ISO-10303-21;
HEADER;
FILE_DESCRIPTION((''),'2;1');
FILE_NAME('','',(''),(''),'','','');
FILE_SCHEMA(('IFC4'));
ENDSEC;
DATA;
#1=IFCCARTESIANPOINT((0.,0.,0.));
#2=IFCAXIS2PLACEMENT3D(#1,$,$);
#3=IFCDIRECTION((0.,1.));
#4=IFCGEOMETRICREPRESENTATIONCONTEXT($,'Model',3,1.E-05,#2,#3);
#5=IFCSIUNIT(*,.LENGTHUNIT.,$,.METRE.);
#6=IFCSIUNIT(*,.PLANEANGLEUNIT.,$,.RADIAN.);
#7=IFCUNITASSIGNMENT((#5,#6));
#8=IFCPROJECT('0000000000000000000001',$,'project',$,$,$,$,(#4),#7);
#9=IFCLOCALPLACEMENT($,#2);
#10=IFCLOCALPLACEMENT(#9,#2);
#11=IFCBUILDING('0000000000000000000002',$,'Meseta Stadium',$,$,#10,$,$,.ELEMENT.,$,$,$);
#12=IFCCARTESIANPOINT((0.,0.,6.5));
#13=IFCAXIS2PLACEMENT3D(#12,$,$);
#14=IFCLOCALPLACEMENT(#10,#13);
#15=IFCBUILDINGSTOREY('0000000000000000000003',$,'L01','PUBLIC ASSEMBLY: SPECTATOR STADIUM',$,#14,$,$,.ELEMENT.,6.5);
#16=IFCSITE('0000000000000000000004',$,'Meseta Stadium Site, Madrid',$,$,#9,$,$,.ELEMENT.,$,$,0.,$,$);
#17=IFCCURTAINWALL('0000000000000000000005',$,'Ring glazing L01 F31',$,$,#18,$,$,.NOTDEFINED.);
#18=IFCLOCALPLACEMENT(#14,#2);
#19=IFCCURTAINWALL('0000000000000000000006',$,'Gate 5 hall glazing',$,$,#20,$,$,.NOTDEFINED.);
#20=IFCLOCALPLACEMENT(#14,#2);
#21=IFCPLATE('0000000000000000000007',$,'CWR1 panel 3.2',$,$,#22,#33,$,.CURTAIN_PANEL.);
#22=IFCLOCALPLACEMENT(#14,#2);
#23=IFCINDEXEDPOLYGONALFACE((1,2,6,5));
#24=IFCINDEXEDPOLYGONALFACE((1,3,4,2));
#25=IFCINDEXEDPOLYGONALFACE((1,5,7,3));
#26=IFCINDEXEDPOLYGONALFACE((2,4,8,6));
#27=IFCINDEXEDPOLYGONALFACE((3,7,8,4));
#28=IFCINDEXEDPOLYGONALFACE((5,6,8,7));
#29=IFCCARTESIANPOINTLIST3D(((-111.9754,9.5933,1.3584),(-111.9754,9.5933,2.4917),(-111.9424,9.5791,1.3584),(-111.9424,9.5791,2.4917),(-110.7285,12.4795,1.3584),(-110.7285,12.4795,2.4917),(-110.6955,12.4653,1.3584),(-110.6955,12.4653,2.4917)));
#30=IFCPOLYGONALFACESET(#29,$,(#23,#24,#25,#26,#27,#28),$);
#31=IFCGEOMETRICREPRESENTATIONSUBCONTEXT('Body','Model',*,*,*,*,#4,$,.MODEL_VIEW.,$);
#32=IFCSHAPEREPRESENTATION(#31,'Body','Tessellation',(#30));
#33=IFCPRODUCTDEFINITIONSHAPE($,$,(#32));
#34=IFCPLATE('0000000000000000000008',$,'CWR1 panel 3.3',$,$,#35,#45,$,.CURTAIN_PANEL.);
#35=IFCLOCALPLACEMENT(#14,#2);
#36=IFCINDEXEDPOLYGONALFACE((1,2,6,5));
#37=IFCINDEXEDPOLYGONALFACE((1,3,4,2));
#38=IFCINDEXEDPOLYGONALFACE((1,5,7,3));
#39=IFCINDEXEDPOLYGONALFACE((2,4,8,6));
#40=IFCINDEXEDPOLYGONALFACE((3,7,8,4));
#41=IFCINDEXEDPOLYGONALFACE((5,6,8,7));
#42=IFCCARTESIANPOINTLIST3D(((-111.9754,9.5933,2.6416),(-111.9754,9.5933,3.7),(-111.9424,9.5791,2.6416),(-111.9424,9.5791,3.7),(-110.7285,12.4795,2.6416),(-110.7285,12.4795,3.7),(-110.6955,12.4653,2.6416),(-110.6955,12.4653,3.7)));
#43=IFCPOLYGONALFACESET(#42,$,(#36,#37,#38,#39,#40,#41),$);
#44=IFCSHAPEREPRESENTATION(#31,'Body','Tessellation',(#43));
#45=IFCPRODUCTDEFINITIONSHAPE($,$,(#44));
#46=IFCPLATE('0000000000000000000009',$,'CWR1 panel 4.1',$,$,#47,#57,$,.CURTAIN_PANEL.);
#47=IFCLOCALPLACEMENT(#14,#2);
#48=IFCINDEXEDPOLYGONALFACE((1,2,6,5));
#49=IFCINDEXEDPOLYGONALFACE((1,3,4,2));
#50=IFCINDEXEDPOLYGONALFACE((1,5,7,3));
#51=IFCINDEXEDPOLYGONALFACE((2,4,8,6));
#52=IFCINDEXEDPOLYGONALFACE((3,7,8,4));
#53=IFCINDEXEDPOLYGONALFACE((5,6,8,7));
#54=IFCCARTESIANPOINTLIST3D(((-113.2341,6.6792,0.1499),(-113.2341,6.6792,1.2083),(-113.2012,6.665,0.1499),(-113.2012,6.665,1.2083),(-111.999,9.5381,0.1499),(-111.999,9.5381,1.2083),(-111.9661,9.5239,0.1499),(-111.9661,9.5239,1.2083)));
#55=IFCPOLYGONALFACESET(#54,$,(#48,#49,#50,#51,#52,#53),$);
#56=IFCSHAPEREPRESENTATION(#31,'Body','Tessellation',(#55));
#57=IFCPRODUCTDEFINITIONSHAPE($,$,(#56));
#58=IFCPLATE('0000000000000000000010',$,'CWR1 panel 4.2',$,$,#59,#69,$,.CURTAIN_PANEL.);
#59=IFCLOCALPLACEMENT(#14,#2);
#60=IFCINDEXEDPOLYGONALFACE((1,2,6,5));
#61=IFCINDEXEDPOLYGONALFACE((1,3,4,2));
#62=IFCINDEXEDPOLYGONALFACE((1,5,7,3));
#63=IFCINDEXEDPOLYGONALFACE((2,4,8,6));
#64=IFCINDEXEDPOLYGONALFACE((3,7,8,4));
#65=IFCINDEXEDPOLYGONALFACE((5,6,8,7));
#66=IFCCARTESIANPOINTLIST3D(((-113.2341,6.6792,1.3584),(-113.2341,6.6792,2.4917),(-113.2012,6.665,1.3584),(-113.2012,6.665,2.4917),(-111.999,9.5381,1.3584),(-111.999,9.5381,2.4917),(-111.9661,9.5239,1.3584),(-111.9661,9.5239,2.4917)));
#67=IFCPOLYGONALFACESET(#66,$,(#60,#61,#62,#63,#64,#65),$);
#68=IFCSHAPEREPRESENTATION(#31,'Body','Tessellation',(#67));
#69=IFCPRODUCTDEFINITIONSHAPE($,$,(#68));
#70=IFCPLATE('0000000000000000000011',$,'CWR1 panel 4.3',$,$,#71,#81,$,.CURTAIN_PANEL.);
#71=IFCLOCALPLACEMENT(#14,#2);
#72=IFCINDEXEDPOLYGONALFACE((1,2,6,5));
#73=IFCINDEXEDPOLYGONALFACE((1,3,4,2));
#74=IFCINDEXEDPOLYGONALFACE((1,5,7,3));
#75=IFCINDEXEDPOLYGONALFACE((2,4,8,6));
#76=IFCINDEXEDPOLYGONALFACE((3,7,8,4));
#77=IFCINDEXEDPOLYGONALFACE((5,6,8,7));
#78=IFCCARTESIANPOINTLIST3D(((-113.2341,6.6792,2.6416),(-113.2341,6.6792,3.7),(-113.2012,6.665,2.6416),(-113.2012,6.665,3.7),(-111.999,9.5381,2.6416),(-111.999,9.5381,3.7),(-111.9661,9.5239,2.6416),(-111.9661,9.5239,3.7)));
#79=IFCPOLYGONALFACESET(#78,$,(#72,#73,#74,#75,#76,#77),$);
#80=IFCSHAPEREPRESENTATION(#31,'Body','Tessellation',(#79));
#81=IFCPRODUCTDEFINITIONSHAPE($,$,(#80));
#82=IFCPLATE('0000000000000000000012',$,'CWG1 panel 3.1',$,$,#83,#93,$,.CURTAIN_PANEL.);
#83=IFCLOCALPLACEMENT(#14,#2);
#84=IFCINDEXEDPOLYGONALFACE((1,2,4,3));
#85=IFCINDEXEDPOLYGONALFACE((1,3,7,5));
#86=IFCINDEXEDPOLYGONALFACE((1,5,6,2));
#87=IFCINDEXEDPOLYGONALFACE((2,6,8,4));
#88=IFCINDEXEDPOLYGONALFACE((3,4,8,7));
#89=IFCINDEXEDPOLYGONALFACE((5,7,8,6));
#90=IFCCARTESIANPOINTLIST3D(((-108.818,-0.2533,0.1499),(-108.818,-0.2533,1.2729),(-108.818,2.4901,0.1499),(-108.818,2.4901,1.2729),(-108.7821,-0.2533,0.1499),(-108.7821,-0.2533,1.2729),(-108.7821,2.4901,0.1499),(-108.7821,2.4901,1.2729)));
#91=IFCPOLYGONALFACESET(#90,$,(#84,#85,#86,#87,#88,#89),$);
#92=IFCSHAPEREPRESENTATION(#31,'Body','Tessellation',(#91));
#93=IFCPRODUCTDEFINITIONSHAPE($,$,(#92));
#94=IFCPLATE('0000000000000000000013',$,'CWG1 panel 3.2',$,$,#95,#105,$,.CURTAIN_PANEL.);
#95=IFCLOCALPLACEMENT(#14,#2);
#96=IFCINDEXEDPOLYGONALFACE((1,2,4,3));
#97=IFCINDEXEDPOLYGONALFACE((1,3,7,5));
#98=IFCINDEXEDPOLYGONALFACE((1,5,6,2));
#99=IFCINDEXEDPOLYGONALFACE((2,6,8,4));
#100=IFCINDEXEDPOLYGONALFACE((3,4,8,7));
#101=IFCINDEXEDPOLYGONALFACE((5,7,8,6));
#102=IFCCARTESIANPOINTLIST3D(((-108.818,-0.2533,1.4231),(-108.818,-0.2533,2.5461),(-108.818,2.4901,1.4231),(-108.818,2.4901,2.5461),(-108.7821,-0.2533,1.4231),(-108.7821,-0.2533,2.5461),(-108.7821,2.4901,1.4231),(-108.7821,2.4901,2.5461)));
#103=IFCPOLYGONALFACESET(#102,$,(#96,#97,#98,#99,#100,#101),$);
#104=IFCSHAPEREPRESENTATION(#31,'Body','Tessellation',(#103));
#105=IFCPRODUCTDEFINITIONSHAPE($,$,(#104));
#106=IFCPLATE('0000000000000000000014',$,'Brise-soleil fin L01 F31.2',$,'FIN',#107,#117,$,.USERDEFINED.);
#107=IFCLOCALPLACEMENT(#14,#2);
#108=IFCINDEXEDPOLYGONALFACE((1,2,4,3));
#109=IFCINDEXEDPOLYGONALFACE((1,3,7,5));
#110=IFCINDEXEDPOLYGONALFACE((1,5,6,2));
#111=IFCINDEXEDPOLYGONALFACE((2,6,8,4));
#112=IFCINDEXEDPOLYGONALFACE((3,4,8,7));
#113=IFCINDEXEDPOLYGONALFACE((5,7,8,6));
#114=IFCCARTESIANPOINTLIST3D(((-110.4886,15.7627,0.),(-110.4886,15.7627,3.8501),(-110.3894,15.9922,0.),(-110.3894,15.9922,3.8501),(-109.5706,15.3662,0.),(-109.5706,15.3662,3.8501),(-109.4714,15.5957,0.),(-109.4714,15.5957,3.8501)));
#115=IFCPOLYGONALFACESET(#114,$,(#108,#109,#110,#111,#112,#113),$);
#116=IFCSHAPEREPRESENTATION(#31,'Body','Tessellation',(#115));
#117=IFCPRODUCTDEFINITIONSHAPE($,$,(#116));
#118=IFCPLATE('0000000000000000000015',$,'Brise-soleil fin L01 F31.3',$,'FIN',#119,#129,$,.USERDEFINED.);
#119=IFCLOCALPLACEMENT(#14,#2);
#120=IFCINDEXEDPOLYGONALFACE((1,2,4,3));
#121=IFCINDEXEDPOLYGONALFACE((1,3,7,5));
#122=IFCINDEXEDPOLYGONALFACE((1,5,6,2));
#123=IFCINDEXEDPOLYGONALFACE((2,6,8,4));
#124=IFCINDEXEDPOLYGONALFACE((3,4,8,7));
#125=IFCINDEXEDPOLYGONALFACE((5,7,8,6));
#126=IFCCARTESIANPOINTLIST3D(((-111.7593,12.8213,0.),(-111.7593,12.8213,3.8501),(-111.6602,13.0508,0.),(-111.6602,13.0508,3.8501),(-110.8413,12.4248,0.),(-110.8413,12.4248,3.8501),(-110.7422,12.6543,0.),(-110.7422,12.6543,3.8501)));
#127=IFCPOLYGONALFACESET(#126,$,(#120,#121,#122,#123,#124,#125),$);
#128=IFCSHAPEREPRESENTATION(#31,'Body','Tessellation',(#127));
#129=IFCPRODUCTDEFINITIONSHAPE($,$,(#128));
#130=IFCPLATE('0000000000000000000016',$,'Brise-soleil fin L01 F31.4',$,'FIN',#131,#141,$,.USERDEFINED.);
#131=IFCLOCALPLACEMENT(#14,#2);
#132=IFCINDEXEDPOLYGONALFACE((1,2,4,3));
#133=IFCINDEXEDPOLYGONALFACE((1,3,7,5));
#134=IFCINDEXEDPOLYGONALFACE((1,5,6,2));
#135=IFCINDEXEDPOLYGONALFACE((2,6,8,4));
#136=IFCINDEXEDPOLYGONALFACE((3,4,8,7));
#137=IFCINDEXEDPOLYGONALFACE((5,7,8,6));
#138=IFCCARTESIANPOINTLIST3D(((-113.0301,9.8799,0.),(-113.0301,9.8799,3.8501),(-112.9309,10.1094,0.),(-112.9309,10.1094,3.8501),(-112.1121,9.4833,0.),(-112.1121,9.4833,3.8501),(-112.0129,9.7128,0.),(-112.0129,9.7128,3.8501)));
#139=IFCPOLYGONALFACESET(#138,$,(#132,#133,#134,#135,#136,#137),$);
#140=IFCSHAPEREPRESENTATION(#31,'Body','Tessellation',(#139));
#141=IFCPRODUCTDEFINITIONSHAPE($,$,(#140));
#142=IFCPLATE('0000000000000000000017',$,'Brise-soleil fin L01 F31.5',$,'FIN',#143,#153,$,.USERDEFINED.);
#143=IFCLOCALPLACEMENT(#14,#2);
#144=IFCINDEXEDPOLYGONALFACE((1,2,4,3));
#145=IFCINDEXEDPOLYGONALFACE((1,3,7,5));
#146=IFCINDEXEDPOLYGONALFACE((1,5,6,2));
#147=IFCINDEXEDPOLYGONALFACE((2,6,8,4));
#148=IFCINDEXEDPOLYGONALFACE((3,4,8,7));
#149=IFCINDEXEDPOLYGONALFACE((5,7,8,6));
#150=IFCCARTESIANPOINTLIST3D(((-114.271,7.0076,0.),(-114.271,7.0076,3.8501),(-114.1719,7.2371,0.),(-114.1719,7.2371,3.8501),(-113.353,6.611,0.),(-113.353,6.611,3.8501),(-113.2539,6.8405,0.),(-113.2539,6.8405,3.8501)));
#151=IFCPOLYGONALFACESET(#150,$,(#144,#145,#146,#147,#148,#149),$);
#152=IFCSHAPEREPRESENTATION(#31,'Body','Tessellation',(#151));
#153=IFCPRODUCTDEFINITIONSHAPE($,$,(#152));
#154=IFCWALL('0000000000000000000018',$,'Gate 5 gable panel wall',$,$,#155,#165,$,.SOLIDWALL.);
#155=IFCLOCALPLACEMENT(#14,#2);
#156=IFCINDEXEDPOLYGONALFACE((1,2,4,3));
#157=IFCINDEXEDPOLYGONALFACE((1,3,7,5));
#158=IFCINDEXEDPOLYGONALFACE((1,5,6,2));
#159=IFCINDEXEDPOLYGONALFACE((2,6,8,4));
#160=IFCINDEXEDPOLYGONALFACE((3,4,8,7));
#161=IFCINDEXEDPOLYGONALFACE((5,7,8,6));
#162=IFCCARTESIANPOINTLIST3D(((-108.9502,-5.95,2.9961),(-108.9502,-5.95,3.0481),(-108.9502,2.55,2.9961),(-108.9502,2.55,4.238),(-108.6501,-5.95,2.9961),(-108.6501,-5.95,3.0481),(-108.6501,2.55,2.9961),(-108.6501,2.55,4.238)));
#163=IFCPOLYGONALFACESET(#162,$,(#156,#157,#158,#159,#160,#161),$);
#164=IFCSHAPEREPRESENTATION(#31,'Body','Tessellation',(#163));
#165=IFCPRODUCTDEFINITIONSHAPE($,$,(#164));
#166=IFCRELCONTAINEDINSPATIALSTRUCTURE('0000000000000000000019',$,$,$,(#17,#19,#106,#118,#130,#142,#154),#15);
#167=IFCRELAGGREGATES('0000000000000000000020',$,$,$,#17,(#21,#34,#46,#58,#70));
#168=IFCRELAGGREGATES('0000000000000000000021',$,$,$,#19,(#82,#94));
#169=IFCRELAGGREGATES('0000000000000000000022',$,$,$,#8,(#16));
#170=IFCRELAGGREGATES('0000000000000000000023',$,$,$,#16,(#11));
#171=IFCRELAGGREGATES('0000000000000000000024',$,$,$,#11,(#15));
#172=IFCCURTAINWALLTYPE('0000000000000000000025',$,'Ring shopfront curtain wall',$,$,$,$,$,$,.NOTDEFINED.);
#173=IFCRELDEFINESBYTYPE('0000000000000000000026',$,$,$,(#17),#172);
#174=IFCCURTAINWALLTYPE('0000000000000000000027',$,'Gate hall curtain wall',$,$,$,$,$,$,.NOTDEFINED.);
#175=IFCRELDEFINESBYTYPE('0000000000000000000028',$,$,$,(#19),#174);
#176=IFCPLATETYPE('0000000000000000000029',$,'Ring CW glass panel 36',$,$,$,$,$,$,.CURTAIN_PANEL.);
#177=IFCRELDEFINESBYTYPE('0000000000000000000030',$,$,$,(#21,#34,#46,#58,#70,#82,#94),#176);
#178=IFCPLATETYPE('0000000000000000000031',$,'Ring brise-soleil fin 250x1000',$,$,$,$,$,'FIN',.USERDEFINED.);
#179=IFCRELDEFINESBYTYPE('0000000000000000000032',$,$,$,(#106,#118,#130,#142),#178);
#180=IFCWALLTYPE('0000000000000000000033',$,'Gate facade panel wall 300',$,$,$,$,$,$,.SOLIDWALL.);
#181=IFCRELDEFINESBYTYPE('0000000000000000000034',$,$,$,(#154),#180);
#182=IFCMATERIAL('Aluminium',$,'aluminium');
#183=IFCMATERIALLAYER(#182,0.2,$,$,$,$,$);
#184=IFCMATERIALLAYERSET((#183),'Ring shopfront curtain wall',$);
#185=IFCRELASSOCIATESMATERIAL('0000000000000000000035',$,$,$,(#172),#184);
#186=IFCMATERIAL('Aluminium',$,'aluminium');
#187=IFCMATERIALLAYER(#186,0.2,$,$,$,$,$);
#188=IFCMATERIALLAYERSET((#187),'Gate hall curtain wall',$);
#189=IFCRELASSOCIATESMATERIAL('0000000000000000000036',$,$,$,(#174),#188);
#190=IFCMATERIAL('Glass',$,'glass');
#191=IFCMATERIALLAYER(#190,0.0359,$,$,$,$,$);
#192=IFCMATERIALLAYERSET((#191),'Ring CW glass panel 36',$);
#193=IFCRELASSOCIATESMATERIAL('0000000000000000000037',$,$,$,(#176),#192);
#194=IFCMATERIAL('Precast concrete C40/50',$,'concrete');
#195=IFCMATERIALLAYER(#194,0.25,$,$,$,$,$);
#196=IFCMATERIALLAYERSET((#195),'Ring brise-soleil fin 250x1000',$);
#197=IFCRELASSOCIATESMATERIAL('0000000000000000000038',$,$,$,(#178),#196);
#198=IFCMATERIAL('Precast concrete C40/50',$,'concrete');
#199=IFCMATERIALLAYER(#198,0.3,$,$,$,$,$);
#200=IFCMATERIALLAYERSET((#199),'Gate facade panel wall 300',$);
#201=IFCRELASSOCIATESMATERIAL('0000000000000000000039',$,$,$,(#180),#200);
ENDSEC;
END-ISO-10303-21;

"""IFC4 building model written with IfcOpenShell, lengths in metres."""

from ifc_helpers import new_model, si_unit, direction, frame, origin, origin_2d, place, context, subcontext, project, spatial, polyline, rectangle, outline, extrude, material, layer, layer_set, type_object, element, aggregate, save


model = new_model("IFC4")

# Units and contexts
model_context = context("Model", 3, precision=1e-05, world=origin(), true_north=direction((0.0, 1.0)))
body_context = subcontext(model_context, "Body", "Model", "MODEL_VIEW")
ifc_project = project(units=[si_unit("LENGTHUNIT", "METRE"), si_unit("PLANEANGLEUNIT", "RADIAN")], contexts=[model_context])

# Site, building, storey
site_placement = place(None, origin())
site = spatial("IfcSite", under=ifc_project, at=site_placement, Name="Meseta Stadium Site, Madrid", CompositionType="ELEMENT", RefElevation=0.0)
building_placement = place(site_placement, origin())
building = spatial("IfcBuilding", under=site, at=building_placement, Name="Meseta Stadium", CompositionType="ELEMENT")
storey_placement = place(building_placement, frame((0.0, 0.0, 6.5)))
storey = spatial("IfcBuildingStorey", under=building, at=storey_placement, Name="L01", Description="PUBLIC ASSEMBLY: SPECTATOR STADIUM", CompositionType="ELEMENT", Elevation=6.5)

# Curtain wall
ifc_material_1 = material(Name="Aluminium", Category="aluminium")
ifc_layer_1 = layer(ifc_material_1, 0.2)
ifc_layer_set_1 = layer_set([ifc_layer_1], Name="Ring shopfront curtain wall")
curtain_wall_type_1 = type_object("IfcCurtainWallType", Name="Ring shopfront curtain wall", PredefinedType="NOTDEFINED", material=ifc_layer_set_1)
curtain_wall_1_placement = place(storey_placement, origin())
curtain_wall_1 = element("IfcCurtainWall", 1, at=curtain_wall_1_placement, inside=storey, type_object=curtain_wall_type_1, Name="Ring glazing L01 F31", PredefinedType="NOTDEFINED")

# Curtain wall
ifc_material_2 = material(Name="Aluminium", Category="aluminium")
ifc_layer_2 = layer(ifc_material_2, 0.2)
ifc_layer_set_2 = layer_set([ifc_layer_2], Name="Gate hall curtain wall")
curtain_wall_type_2 = type_object("IfcCurtainWallType", Name="Gate hall curtain wall", PredefinedType="NOTDEFINED", material=ifc_layer_set_2)
curtain_wall_2_placement = place(storey_placement, origin())
curtain_wall_2 = element("IfcCurtainWall", 2, at=curtain_wall_2_placement, inside=storey, type_object=curtain_wall_type_2, Name="Gate 5 hall glazing", PredefinedType="NOTDEFINED")

# Plates
ifc_material_3 = material(Name="Glass", Category="glass")
ifc_layer_3 = layer(ifc_material_3, 0.0359)
ifc_layer_set_3 = layer_set([ifc_layer_3], Name="Ring CW glass panel 36")
plate_type_1 = type_object("IfcPlateType", Name="Ring CW glass panel 36", PredefinedType="CURTAIN_PANEL", material=ifc_layer_set_3)
plate_1_placement = place(storey_placement, frame((-111.3354, 11.0293, 1.3584), z_axis=(0.0, 0.0, 1.0), x_axis=(-0.396581, -0.918, 0.0)))
plate_1 = element("IfcPlate", 3, at=plate_1_placement, type_object=plate_type_1, Name="CWR1 panel 3.2", PredefinedType="CURTAIN_PANEL", context=body_context, shape_type="SweptSolid", body=[
    extrude(rectangle(XDim=3.144, YDim=0.0359, at=origin_2d()), origin(), (0.0, 0.0, 1.0), 1.1333),
])
plate_2_placement = place(storey_placement, frame((-111.3354, 11.0293, 2.6416), z_axis=(0.0, 0.0, 1.0), x_axis=(-0.396581, -0.918, 0.0)))
plate_2 = element("IfcPlate", 4, at=plate_2_placement, type_object=plate_type_1, Name="CWR1 panel 3.3", PredefinedType="CURTAIN_PANEL", context=body_context, shape_type="SweptSolid", body=[
    extrude(rectangle(XDim=3.144, YDim=0.0359, at=origin_2d()), origin(), (0.0, 0.0, 1.0), 1.0583),
])
plate_3_placement = place(storey_placement, frame((-112.6001, 8.1016, 0.1499), z_axis=(0.0, 0.0, 1.0), x_axis=(-0.396581, -0.918, 0.0)))
plate_3 = element("IfcPlate", 5, at=plate_3_placement, type_object=plate_type_1, Name="CWR1 panel 4.1", PredefinedType="CURTAIN_PANEL", context=body_context, shape_type="SweptSolid", body=[
    extrude(rectangle(XDim=3.1143, YDim=0.0359, at=origin_2d()), origin(), (0.0, 0.0, 1.0), 1.0583),
])
plate_4_placement = place(storey_placement, frame((-112.6001, 8.1016, 1.3584), z_axis=(0.0, 0.0, 1.0), x_axis=(-0.396581, -0.918, 0.0)))
plate_4 = element("IfcPlate", 6, at=plate_4_placement, type_object=plate_type_1, Name="CWR1 panel 4.2", PredefinedType="CURTAIN_PANEL", context=body_context, shape_type="SweptSolid", body=[
    extrude(rectangle(XDim=3.1143, YDim=0.0359, at=origin_2d()), origin(), (0.0, 0.0, 1.0), 1.1333),
])
plate_5_placement = place(storey_placement, frame((-112.6001, 8.1016, 2.6416), z_axis=(0.0, 0.0, 1.0), x_axis=(-0.396581, -0.918, 0.0)))
plate_5 = element("IfcPlate", 7, at=plate_5_placement, type_object=plate_type_1, Name="CWR1 panel 4.3", PredefinedType="CURTAIN_PANEL", context=body_context, shape_type="SweptSolid", body=[
    extrude(rectangle(XDim=3.1143, YDim=0.0359, at=origin_2d()), origin(), (0.0, 0.0, 1.0), 1.0583),
])
aggregate(curtain_wall_1, [plate_1, plate_2, plate_3, plate_4, plate_5])
plate_6_placement = place(storey_placement, frame((-108.8, 1.1184, 0.1499), z_axis=(0.0, 0.0, 1.0), x_axis=(0.0, 1.0, 0.0)))
plate_6 = element("IfcPlate", 8, at=plate_6_placement, type_object=plate_type_1, Name="CWG1 panel 3.1", PredefinedType="CURTAIN_PANEL", context=body_context, shape_type="SweptSolid", body=[
    extrude(rectangle(XDim=2.7434, YDim=0.0359, at=origin_2d()), origin(), (0.0, 0.0, 1.0), 1.123),
])
plate_7_placement = place(storey_placement, frame((-108.8, 1.1184, 1.4231), z_axis=(0.0, 0.0, 1.0), x_axis=(0.0, 1.0, 0.0)))
plate_7 = element("IfcPlate", 9, at=plate_7_placement, type_object=plate_type_1, Name="CWG1 panel 3.2", PredefinedType="CURTAIN_PANEL", context=body_context, shape_type="SweptSolid", body=[
    extrude(rectangle(XDim=2.7434, YDim=0.0359, at=origin_2d()), origin(), (0.0, 0.0, 1.0), 1.123),
])
aggregate(curtain_wall_2, [plate_6, plate_7])

# Plates
ifc_material_4 = material(Name="Precast concrete C40/50", Category="concrete")
ifc_layer_4 = layer(ifc_material_4, 0.25)
ifc_layer_set_4 = layer_set([ifc_layer_4], Name="Ring brise-soleil fin 250x1000")
plate_type_2 = type_object("IfcPlateType", Name="Ring brise-soleil fin 250x1000", ElementType="FIN", PredefinedType="USERDEFINED", material=ifc_layer_set_4)
for number, where, z_axis, x_axis, name in (
    (10, (-109.98, 15.6792, 0.0), (0.0, 0.0, 1.0), (-0.396576, -0.918002, 0.0), "Brise-soleil fin L01 F31.2"),
    (11, (-111.2507, 12.7378, 0.0), (0.0, 0.0, 1.0), (-0.396576, -0.918002, 0.0), "Brise-soleil fin L01 F31.3"),
    (12, (-112.5215, 9.7964, 0.0), (0.0, 0.0, 1.0), (-0.396576, -0.918002, 0.0), "Brise-soleil fin L01 F31.4"),
    (13, (-113.7625, 6.9241, 0.0), (0.0, 0.0, 1.0), (-0.396576, -0.918002, 0.0), "Brise-soleil fin L01 F31.5"),
):
    element("IfcPlate", number, at=place(storey_placement, frame(where, z_axis=z_axis, x_axis=x_axis)), inside=storey, type_object=plate_type_2, Name=name, ObjectType="FIN", PredefinedType="USERDEFINED", context=body_context, shape_type="SweptSolid", body=[
        extrude(rectangle(XDim=0.25, YDim=1.0, at=origin_2d()), origin(), (0.0, 0.0, 1.0), 3.8501),
    ])

# Wall
ifc_material_5 = material(Name="Precast concrete C40/50", Category="concrete")
ifc_layer_5 = layer(ifc_material_5, 0.3)
ifc_layer_set_5 = layer_set([ifc_layer_5], Name="Gate facade panel wall 300")
wall_type = type_object("IfcWallType", Name="Gate facade panel wall 300", PredefinedType="SOLIDWALL", material=ifc_layer_set_5)
wall_placement = place(storey_placement, frame((-108.8, 2.55, 2.9961), z_axis=(0.0, 0.0, 1.0), x_axis=(0.0, -1.0, 0.0)))
element("IfcWall", 14, at=wall_placement, inside=storey, type_object=wall_type, Name="Gate 5 gable panel wall", PredefinedType="SOLIDWALL", context=body_context, shape_type="SweptSolid", body=[
    extrude(outline(polyline([(0.0, 0.0), (8.5, 0.0), (8.5, 0.052), (0.0, 1.2419), (0.0, 0.0)])), frame((0.0, 0.1499, 0.0), z_axis=(0.0, -1.0, 0.0), x_axis=(1.0, 0.0, 0.0)), (0.0, 0.0, 1.0), 0.3),
])

save(model, "model.ifc")
